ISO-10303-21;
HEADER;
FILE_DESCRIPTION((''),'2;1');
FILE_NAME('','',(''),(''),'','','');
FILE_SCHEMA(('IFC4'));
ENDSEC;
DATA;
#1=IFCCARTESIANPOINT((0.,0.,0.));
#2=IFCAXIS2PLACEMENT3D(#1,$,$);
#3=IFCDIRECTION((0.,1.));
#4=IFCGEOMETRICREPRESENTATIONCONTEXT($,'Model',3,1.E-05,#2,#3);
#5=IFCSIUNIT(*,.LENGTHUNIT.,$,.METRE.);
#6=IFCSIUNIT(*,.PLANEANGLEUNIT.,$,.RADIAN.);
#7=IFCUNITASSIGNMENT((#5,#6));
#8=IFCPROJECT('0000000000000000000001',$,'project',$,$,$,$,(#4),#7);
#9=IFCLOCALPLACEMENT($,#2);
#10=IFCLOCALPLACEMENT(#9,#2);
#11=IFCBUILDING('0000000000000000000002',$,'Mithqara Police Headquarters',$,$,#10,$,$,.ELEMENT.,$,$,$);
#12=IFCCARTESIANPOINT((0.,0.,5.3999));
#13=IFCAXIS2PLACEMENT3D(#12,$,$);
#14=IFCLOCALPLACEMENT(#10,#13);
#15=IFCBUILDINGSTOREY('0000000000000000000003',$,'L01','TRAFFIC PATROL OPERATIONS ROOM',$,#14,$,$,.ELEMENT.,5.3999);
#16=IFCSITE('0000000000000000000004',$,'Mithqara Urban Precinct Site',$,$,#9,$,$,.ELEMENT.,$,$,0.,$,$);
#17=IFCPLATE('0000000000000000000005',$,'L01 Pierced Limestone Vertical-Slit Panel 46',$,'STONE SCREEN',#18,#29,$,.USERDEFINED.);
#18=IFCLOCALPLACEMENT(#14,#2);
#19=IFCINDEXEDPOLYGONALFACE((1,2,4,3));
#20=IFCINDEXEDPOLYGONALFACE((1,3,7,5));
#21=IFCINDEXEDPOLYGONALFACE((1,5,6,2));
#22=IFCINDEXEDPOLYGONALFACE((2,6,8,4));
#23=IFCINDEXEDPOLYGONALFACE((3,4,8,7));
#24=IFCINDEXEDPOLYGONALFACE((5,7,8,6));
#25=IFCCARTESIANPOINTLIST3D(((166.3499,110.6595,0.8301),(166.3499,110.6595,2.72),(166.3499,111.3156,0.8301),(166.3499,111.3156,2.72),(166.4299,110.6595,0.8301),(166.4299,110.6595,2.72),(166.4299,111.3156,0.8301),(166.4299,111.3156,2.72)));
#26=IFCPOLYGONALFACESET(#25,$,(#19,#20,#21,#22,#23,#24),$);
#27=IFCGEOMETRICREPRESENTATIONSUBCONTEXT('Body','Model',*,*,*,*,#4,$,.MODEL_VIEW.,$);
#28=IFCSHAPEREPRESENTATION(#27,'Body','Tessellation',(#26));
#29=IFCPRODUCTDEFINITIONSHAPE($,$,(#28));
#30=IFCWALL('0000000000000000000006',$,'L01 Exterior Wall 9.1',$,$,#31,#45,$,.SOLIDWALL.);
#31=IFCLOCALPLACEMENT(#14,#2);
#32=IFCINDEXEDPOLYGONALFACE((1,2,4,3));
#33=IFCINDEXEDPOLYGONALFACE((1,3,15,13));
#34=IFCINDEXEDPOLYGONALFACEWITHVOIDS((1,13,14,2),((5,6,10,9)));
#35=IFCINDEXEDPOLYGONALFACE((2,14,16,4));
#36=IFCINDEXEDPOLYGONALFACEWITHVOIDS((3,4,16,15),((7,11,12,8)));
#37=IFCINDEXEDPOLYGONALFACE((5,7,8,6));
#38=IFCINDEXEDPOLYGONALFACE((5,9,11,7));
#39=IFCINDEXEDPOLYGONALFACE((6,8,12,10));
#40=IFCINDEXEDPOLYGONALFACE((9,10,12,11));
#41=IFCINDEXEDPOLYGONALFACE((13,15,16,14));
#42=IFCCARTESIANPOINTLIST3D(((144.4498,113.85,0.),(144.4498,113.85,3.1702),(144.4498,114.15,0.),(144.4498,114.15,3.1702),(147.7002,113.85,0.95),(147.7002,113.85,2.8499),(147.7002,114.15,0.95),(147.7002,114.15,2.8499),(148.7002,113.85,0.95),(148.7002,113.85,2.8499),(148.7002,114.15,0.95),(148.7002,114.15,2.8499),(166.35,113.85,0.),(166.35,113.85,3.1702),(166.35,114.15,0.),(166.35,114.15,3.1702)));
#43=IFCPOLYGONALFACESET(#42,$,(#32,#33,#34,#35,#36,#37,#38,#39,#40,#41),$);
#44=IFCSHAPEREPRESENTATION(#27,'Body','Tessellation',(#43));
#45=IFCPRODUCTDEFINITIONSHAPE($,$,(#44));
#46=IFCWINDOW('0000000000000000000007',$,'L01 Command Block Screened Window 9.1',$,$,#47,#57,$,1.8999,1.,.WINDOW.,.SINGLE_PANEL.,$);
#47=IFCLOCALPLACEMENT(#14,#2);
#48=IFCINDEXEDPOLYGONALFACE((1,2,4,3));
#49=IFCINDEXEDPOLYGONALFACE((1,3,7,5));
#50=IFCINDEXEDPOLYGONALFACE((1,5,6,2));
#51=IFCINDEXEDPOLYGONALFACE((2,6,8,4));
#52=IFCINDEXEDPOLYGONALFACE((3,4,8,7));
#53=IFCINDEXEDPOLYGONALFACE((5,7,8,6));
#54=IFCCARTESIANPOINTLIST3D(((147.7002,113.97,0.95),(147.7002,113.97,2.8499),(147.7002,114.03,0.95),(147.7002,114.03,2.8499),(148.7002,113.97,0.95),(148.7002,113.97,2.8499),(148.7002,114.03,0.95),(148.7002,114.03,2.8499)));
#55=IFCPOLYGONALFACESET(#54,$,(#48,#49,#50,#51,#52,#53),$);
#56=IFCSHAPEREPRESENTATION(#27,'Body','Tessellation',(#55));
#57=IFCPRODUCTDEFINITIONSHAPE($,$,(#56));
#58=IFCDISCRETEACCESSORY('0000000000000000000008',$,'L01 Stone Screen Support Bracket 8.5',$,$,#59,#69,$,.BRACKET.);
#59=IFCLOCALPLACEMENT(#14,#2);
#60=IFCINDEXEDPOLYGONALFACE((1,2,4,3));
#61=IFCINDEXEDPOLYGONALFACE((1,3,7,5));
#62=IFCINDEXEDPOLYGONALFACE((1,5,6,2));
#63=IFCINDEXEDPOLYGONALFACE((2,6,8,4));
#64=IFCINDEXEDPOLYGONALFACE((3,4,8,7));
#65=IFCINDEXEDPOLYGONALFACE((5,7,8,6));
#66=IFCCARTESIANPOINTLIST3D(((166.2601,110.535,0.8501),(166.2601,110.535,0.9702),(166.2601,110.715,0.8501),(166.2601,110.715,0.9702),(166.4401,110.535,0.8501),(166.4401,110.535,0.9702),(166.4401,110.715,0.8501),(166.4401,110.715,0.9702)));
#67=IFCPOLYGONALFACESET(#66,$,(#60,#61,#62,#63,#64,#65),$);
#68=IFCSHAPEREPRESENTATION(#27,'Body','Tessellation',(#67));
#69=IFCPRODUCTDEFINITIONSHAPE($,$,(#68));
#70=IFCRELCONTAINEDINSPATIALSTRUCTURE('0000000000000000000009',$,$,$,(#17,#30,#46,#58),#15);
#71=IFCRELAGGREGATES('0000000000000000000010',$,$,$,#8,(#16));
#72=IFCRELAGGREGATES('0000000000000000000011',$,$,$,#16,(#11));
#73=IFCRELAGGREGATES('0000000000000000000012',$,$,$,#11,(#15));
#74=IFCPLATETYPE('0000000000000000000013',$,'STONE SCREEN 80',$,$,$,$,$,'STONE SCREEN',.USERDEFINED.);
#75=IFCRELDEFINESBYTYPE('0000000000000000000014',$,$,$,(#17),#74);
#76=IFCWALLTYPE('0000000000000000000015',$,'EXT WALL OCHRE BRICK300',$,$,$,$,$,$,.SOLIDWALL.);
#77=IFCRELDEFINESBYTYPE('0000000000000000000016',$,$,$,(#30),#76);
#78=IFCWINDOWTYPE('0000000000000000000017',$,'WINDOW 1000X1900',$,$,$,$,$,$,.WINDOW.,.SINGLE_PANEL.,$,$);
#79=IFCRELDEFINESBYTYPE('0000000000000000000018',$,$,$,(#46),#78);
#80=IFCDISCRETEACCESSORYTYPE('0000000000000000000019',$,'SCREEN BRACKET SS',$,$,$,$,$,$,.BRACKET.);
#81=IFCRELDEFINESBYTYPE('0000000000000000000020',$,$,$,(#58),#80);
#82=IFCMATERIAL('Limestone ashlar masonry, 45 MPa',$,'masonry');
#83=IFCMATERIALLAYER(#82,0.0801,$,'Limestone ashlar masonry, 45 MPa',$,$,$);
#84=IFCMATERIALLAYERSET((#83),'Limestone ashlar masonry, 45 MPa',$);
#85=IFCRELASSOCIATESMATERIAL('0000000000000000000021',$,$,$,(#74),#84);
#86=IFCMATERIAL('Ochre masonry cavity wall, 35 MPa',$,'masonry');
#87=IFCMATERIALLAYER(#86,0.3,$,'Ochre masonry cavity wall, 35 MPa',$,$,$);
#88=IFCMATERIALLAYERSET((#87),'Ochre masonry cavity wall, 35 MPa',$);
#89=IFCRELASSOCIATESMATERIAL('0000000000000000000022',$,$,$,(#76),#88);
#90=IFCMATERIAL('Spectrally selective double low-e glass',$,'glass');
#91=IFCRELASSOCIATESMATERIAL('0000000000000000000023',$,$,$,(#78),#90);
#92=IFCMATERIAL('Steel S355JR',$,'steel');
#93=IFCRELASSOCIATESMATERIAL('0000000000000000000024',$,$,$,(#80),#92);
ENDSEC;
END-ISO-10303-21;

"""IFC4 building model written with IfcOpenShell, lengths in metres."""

from ifc_helpers import new_model, si_unit, direction, frame, frame_2d, origin, origin_2d, place, context, subcontext, project, spatial, rectangle, extrude, material, layer, layer_set, type_object, element, fill, save


model = new_model("IFC4")

# Units and contexts
model_context = context("Model", 3, precision=1e-05, world=origin(), true_north=direction((0.0, 1.0)))
body_context = subcontext(model_context, "Body", "Model", "MODEL_VIEW")
ifc_project = project(units=[si_unit("LENGTHUNIT", "METRE"), si_unit("PLANEANGLEUNIT", "RADIAN")], contexts=[model_context])

# Site, building, storey
site_placement = place(None, origin())
site = spatial("IfcSite", under=ifc_project, at=site_placement, Name="Mithqara Urban Precinct Site", CompositionType="ELEMENT", RefElevation=0.0)
building_placement = place(site_placement, origin())
building = spatial("IfcBuilding", under=site, at=building_placement, Name="Mithqara Police Headquarters", CompositionType="ELEMENT")
storey_placement = place(building_placement, frame((0.0, 0.0, 5.3999)))
storey = spatial("IfcBuildingStorey", under=building, at=storey_placement, Name="L01", Description="TRAFFIC PATROL OPERATIONS ROOM", CompositionType="ELEMENT", Elevation=5.3999)

# Shared definitions
ifc_material_1 = material(Name="Steel S355JR", Category="steel")

# Shared definitions
ifc_material_2 = material(Name="Spectrally selective double low-e glass", Category="glass")

# Plate
ifc_material_3 = material(Name="Limestone ashlar masonry, 45 MPa", Category="masonry")
ifc_layer_1 = layer(ifc_material_3, 0.0801, Name="Limestone ashlar masonry, 45 MPa")
ifc_layer_set_1 = layer_set([ifc_layer_1], Name="Limestone ashlar masonry, 45 MPa")
plate_type_1 = type_object("IfcPlateType", Name="STONE SCREEN 80", ElementType="STONE SCREEN", PredefinedType="USERDEFINED", material=ifc_layer_set_1)
for number, where, z_axis, x_axis, name in (
    (1, (166.3899, 110.9875, 0.8301), (0.0, 0.0, 1.0), (0.0, 1.0, 0.0), "L01 Pierced Limestone Vertical-Slit Panel 46"),
):
    element("IfcPlate", number, at=place(storey_placement, frame(where, z_axis=z_axis, x_axis=x_axis)), inside=storey, type_object=plate_type_1, Name=name, ObjectType="STONE SCREEN", PredefinedType="USERDEFINED", context=body_context, shape_type="SweptSolid", body=[
        extrude(rectangle(XDim=0.656, YDim=0.0801, at=origin_2d()), origin(), (0.0, 0.0, 1.0), 1.8899),
    ])

# Wall, opening, window
ifc_material_4 = material(Name="Ochre masonry cavity wall, 35 MPa", Category="masonry")
ifc_layer_2 = layer(ifc_material_4, 0.3, Name="Ochre masonry cavity wall, 35 MPa")
ifc_layer_set_2 = layer_set([ifc_layer_2], Name="Ochre masonry cavity wall, 35 MPa")
wall_type = type_object("IfcWallType", Name="EXT WALL OCHRE BRICK300", PredefinedType="SOLIDWALL", material=ifc_layer_set_2)
wall_placement = place(storey_placement, frame((166.3501, 114.0, 0.0), z_axis=(0.0, 0.0, 1.0), x_axis=(-1.0, 0.0, 0.0)))
wall = element("IfcWall", 2, at=wall_placement, inside=storey, type_object=wall_type, Name="L01 Exterior Wall 9.1", PredefinedType="SOLIDWALL", context=body_context, shape_type="SweptSolid", body=[
    extrude(rectangle(XDim=21.9001, YDim=0.3, at=frame_2d((10.9502, 0.0))), origin(), (0.0, 0.0, 1.0), 3.1702),
])
opening_placement = place(wall_placement, frame((17.6499, 0.0, 0.95)))
opening = element("IfcOpeningElement", 3, at=opening_placement, cuts=wall, PredefinedType="OPENING", context=body_context, shape_type="SweptSolid", body=[
    extrude(rectangle(XDim=1.0, YDim=1.8999, at=frame_2d((0.5, 0.95))), frame((0.0, 0.1602, 0.0), z_axis=(0.0, -1.0, 0.0), x_axis=(1.0, 0.0, 0.0)), (0.0, 0.0, 1.0), 0.3201),
])
window_type = type_object("IfcWindowType", Name="WINDOW 1000X1900", PartitioningType="SINGLE_PANEL", PredefinedType="WINDOW", material=ifc_material_2)
window_placement = place(opening_placement, origin())
window = element("IfcWindow", 4, at=window_placement, inside=storey, type_object=window_type, Name="L01 Command Block Screened Window 9.1", OverallHeight=1.8999, OverallWidth=1.0, PartitioningType="SINGLE_PANEL", PredefinedType="WINDOW", context=body_context, shape_type="SweptSolid", body=[
    extrude(rectangle(XDim=1.0, YDim=1.8999, at=frame_2d((0.5, 0.95))), frame((0.0, 0.03, 0.0), z_axis=(0.0, -1.0, 0.0), x_axis=(1.0, 0.0, 0.0)), (0.0, 0.0, 1.0), 0.0601),
])
fill(opening, window)

# Discrete accessory
discrete_accessory_type = type_object("IfcDiscreteAccessoryType", Name="SCREEN BRACKET SS", PredefinedType="BRACKET", material=ifc_material_1)
discrete_accessory_placement = place(storey_placement, frame((166.3501, 110.625, 0.8501), z_axis=(0.0, 0.0, 1.0), x_axis=(0.0, 1.0, 0.0)))
element("IfcDiscreteAccessory", 5, at=discrete_accessory_placement, inside=storey, type_object=discrete_accessory_type, Name="L01 Stone Screen Support Bracket 8.5", PredefinedType="BRACKET", context=body_context, shape_type="SweptSolid", body=[
    extrude(rectangle(XDim=0.1799, YDim=0.1799, at=origin_2d()), origin(), (0.0, 0.0, 1.0), 0.1201),
])

save(model, "model.ifc")
